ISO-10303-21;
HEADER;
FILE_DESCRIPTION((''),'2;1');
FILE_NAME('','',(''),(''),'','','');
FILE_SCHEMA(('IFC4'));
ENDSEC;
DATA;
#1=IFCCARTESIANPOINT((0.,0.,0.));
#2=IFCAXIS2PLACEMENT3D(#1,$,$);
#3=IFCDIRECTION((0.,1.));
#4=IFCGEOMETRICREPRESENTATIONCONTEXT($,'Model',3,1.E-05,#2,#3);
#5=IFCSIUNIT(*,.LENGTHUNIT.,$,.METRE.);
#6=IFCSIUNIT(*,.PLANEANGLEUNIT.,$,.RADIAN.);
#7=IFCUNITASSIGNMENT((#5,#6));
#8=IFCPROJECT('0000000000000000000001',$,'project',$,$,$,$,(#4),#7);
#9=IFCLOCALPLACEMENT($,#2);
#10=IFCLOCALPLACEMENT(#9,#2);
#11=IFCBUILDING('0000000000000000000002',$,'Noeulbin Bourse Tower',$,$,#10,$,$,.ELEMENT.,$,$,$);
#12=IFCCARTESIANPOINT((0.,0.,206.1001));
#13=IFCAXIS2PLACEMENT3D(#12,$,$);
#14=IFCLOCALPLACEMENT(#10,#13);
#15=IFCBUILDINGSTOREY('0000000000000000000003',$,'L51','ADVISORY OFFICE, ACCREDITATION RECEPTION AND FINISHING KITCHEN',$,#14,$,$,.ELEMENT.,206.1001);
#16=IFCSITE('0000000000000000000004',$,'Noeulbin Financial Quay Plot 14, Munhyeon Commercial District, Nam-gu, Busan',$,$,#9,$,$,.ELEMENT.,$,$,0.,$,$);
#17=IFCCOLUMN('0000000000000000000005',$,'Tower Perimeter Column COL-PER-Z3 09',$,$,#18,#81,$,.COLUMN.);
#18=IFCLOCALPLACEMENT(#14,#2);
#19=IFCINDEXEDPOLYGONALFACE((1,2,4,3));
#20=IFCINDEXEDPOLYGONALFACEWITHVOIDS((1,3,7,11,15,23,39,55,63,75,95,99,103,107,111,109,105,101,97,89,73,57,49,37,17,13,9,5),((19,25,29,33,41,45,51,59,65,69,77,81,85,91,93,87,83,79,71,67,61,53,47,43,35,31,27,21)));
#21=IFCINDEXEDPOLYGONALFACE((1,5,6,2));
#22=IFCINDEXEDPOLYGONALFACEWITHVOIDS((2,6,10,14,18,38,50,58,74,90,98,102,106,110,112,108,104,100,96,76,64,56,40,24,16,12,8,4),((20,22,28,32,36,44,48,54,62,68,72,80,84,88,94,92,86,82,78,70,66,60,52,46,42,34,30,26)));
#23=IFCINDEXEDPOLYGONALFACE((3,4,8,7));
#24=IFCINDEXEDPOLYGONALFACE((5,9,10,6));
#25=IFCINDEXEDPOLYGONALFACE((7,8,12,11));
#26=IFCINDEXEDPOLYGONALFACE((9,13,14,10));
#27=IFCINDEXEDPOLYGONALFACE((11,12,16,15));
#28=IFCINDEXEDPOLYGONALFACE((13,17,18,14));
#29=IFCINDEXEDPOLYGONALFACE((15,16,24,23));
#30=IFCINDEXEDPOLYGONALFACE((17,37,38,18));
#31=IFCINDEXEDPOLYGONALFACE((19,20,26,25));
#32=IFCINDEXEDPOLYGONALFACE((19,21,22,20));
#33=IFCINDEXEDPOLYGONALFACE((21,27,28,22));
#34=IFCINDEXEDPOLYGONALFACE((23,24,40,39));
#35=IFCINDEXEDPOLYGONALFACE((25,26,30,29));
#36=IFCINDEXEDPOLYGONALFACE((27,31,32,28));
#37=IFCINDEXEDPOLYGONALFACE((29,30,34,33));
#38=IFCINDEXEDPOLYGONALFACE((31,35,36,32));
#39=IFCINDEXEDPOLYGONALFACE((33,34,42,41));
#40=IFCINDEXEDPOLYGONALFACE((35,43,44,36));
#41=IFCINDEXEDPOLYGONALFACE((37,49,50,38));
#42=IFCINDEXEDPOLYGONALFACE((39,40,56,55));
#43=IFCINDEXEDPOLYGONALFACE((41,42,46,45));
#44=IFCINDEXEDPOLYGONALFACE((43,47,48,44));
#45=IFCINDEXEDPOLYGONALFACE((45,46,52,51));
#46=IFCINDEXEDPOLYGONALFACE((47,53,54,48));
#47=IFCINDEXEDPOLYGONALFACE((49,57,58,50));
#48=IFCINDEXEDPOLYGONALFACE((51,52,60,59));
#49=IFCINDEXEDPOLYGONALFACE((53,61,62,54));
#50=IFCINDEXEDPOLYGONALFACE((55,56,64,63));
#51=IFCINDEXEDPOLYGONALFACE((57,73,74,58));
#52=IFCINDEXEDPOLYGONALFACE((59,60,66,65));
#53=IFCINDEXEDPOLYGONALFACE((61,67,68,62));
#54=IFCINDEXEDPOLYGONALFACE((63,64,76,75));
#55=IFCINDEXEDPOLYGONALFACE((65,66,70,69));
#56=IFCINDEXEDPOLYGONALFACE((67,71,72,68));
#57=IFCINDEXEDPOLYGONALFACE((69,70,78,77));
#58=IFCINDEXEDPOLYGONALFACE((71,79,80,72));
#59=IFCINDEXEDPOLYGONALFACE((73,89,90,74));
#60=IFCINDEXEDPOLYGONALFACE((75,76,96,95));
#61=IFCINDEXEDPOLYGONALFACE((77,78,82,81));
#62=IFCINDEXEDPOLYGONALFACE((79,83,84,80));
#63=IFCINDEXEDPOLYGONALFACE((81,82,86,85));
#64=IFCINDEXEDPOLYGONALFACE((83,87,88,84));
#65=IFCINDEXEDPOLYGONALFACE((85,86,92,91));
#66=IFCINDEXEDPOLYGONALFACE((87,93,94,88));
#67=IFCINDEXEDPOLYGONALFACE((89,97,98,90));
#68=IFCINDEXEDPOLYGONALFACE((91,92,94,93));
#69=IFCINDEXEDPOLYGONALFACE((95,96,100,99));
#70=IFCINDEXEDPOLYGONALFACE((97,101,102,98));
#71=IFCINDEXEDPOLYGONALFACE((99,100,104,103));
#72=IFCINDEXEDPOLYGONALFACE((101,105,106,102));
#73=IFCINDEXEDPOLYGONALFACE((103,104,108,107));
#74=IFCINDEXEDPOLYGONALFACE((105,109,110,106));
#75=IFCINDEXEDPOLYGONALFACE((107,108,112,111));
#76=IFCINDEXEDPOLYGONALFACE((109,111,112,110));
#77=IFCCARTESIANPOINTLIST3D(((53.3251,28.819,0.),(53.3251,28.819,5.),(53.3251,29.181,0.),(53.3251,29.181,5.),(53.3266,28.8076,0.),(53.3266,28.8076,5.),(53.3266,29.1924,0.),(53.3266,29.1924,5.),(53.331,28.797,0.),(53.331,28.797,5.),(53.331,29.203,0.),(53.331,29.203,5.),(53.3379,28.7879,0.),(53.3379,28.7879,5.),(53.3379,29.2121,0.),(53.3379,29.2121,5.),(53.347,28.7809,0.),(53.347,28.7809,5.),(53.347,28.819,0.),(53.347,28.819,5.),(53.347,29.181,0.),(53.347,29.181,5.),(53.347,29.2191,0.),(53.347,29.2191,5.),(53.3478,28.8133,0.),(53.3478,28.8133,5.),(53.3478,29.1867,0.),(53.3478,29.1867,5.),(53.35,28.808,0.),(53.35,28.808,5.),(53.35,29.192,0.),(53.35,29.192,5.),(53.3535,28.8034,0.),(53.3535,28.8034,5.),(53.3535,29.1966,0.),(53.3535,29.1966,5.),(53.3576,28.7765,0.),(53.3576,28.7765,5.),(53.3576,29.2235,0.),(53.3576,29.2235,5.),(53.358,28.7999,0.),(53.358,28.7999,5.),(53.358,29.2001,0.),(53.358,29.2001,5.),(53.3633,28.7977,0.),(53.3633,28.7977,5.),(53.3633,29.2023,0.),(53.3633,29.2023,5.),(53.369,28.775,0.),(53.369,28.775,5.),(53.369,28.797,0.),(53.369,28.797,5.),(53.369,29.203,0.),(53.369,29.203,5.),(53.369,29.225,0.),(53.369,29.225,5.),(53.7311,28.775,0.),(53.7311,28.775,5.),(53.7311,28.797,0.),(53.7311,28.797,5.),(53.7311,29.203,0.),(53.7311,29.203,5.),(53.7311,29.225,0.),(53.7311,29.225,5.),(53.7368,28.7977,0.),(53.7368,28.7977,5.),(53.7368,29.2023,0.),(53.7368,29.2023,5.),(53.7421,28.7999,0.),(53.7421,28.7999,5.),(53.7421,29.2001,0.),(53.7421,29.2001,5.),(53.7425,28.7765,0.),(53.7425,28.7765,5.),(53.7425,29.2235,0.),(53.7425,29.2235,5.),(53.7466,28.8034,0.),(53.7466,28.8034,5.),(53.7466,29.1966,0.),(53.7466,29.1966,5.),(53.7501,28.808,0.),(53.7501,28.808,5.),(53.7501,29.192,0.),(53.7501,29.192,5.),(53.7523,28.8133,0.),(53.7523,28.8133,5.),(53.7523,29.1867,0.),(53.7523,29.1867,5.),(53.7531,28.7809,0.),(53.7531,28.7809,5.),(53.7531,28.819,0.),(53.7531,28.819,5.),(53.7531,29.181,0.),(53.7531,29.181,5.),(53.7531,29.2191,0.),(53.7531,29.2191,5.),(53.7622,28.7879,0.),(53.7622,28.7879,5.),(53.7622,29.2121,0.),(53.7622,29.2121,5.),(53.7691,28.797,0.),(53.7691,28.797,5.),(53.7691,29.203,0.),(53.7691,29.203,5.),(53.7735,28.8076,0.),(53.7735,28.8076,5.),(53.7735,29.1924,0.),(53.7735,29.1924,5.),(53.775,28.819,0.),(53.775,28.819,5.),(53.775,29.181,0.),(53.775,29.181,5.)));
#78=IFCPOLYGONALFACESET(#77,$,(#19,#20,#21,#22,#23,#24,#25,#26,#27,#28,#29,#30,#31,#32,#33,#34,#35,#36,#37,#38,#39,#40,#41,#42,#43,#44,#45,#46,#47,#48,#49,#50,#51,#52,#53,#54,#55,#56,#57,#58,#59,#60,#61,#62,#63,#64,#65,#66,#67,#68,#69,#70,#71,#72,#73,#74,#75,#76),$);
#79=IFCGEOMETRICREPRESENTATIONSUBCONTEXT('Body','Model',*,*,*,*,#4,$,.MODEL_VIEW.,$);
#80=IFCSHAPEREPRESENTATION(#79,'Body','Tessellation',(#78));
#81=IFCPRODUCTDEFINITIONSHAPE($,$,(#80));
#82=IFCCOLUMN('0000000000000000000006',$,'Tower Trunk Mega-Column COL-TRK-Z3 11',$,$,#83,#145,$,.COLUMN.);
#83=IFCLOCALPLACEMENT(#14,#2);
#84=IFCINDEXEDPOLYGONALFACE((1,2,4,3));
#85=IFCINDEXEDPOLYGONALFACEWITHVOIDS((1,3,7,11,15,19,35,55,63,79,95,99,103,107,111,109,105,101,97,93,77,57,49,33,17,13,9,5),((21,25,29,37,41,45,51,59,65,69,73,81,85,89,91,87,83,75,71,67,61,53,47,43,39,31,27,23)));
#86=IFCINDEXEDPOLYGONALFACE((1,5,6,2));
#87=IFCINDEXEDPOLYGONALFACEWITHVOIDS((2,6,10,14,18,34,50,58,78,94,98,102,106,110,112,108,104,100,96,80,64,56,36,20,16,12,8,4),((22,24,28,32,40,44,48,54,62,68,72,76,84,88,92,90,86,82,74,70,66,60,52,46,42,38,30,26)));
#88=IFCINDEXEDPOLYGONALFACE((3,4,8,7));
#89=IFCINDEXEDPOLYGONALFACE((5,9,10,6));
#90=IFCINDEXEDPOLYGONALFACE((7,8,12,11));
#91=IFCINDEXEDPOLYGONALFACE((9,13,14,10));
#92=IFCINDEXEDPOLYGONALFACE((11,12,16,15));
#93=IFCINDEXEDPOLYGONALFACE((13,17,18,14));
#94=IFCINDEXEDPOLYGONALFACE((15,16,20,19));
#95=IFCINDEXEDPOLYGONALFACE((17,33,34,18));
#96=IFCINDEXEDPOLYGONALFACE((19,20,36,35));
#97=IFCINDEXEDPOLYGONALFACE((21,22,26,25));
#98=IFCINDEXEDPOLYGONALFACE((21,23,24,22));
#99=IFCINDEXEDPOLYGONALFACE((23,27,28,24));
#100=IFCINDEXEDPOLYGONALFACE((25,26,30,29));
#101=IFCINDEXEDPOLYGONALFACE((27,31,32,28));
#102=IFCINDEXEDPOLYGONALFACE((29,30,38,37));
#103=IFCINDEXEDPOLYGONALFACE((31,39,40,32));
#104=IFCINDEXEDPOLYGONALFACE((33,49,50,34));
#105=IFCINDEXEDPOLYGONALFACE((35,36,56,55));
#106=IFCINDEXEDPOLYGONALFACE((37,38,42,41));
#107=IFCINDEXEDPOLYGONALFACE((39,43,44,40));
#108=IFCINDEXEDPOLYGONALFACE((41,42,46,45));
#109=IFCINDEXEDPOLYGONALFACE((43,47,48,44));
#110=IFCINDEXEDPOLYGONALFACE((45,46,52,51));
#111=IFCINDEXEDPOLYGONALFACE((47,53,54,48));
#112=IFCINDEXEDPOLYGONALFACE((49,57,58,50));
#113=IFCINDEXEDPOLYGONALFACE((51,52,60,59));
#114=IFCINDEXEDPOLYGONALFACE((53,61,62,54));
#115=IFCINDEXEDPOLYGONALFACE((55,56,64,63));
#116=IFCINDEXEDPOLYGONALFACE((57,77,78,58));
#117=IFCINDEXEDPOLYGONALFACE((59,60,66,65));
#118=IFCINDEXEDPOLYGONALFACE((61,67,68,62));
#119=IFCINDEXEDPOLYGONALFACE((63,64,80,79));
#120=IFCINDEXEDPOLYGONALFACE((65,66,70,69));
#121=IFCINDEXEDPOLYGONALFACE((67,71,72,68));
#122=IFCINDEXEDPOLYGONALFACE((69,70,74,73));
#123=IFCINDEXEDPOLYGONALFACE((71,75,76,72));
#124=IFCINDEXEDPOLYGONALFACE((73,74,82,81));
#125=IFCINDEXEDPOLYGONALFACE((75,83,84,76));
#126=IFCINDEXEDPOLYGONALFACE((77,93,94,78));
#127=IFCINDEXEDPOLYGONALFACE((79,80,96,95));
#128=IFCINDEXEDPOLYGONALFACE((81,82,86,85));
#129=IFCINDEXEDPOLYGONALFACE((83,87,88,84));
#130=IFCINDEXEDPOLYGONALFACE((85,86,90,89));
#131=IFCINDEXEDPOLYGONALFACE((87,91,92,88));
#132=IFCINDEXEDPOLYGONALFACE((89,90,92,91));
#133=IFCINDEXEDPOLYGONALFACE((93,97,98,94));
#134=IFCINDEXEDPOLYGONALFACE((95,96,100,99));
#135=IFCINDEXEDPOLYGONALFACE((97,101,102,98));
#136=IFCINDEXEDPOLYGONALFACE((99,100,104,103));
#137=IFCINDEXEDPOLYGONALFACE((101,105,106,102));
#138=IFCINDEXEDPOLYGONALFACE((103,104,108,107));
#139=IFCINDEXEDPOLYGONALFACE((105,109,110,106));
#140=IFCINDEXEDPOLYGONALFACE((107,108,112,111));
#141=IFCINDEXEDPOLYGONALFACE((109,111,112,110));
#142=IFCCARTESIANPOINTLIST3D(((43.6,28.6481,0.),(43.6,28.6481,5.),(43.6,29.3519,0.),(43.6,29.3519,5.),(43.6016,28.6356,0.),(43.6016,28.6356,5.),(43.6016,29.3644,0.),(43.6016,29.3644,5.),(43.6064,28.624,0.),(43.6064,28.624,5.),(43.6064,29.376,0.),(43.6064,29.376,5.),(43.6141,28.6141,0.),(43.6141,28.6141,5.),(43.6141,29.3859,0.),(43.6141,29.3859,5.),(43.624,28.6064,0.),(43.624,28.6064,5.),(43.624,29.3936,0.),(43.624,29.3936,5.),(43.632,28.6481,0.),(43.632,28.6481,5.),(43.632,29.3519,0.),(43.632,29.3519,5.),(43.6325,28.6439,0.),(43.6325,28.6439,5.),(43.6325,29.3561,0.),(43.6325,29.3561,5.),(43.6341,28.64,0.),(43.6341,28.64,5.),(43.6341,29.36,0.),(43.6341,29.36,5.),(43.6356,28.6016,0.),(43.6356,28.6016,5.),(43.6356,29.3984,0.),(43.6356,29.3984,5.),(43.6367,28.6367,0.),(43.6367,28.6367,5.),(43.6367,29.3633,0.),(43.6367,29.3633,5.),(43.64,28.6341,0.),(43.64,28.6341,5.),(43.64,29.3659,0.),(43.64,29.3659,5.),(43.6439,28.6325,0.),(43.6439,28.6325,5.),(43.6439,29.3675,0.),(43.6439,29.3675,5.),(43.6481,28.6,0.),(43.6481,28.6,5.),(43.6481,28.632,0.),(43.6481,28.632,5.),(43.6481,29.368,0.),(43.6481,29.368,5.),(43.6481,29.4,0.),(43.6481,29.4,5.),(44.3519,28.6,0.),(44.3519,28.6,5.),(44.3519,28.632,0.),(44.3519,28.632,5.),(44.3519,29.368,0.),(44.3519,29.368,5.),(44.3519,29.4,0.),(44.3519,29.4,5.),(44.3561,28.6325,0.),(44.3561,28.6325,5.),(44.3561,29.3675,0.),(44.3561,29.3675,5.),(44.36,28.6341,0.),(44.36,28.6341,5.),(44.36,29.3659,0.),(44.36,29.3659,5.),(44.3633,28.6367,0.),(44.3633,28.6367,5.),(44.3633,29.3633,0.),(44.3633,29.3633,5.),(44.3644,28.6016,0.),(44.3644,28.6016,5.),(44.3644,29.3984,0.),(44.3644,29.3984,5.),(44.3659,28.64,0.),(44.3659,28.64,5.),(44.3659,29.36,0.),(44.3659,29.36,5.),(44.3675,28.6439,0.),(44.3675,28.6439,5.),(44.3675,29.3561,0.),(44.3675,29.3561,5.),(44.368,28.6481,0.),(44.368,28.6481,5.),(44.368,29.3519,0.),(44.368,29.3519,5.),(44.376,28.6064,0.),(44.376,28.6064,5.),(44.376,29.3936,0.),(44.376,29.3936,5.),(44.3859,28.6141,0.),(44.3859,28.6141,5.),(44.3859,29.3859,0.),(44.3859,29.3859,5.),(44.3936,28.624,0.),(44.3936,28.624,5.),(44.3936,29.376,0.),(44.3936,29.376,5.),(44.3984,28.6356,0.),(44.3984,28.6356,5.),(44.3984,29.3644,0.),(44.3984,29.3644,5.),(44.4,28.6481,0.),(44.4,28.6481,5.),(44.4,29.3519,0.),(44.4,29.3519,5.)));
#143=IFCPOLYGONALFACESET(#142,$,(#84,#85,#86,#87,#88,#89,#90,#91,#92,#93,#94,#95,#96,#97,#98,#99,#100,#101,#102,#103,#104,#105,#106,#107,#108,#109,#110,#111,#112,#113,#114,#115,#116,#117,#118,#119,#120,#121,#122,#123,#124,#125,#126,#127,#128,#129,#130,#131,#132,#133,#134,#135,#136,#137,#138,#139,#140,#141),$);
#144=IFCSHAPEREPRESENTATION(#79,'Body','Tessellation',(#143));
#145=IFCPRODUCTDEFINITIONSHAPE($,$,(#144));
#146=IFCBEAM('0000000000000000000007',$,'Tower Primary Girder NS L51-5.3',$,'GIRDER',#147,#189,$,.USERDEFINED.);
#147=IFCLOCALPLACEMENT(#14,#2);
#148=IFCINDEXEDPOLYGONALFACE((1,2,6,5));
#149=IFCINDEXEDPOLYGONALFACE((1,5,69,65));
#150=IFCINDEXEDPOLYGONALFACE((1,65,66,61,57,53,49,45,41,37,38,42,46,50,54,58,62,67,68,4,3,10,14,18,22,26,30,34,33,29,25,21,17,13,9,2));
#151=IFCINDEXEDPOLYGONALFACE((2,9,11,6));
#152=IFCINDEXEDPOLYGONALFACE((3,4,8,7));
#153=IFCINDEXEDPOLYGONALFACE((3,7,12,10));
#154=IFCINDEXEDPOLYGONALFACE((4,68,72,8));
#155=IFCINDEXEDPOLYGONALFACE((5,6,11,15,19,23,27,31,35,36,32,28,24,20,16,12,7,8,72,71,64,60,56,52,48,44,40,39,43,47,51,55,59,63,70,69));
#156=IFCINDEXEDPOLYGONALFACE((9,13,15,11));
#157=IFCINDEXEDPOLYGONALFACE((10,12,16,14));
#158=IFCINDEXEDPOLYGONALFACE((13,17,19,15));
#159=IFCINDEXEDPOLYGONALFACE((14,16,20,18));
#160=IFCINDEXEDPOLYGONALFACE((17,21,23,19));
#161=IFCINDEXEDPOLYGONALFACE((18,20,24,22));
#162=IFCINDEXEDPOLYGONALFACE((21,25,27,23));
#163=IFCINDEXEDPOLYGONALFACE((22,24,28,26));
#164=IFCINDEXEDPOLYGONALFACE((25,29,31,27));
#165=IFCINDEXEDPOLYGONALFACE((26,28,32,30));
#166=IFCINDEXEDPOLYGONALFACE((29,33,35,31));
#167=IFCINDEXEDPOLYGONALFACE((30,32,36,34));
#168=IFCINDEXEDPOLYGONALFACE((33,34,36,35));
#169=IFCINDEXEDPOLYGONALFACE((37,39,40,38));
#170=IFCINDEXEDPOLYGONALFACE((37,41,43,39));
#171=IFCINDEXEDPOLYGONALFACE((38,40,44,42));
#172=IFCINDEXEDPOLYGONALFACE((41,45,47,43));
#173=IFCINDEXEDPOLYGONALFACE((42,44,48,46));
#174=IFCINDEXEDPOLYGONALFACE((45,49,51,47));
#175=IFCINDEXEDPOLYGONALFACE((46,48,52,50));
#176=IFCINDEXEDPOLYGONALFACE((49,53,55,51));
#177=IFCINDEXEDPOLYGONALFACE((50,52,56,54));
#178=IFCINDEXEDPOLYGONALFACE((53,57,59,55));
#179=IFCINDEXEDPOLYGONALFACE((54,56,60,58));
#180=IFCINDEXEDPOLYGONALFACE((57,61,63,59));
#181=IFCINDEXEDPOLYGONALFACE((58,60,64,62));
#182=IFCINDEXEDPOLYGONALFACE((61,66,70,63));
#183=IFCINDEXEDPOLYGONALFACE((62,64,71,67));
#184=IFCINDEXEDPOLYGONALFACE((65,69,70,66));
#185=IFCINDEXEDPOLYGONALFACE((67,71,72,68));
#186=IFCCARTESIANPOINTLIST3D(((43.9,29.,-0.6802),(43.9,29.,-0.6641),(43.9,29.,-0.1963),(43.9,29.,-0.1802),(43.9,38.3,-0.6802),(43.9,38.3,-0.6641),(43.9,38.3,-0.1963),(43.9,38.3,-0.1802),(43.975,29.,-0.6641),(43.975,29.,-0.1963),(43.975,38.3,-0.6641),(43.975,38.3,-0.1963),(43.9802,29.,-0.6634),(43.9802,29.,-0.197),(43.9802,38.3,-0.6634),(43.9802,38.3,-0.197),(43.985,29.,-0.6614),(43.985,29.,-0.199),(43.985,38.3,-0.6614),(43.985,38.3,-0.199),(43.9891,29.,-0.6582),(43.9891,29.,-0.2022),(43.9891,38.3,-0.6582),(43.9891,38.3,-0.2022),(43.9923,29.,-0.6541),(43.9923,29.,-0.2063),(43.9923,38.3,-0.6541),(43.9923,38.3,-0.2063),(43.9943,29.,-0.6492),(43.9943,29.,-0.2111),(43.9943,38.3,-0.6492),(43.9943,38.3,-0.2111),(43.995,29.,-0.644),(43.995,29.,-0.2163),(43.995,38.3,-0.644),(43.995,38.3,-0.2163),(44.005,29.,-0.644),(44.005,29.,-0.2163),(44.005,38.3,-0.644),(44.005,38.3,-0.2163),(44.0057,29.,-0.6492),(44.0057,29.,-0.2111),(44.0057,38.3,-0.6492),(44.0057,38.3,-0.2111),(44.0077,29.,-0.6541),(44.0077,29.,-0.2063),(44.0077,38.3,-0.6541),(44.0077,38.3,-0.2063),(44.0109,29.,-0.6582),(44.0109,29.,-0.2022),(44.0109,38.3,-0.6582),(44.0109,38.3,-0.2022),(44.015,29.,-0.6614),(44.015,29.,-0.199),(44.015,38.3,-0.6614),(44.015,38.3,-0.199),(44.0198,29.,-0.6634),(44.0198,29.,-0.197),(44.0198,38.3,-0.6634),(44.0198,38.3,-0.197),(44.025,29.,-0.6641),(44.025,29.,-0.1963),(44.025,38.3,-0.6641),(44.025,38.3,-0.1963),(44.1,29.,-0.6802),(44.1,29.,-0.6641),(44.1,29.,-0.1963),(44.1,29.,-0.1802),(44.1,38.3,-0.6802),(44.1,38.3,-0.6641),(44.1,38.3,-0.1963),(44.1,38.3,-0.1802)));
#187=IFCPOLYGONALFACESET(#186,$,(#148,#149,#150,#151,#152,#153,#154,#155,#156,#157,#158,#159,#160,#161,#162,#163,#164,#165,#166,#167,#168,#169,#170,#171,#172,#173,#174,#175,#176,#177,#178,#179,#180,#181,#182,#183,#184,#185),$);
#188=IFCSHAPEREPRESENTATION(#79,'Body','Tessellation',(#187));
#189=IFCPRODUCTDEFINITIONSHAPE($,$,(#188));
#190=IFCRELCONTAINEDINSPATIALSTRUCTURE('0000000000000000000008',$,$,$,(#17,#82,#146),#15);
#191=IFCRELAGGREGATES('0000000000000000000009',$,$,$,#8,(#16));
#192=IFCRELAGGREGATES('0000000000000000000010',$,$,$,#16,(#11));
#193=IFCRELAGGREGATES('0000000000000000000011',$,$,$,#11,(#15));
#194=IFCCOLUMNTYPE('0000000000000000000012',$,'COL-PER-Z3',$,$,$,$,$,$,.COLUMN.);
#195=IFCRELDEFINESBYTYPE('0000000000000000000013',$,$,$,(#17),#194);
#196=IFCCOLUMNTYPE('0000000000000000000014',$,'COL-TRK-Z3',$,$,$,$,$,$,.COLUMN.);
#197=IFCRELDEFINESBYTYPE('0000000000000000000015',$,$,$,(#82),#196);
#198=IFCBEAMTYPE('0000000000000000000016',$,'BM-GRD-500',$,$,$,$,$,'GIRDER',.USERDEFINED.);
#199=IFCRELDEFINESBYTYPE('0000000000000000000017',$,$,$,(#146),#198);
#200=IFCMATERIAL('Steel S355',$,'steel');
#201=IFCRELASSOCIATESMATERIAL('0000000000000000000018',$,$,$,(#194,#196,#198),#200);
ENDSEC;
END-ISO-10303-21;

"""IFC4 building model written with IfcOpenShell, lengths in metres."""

from ifc_helpers import new_model, si_unit, direction, frame, origin, origin_2d, place, context, subcontext, project, spatial, hollow_rectangle, i_section, extrude, material, material_profile, profile_set, type_object, element, save


model = new_model("IFC4")

# Units and contexts
model_context = context("Model", 3, precision=1e-05, world=origin(), true_north=direction((0.0, 1.0)))
body_context = subcontext(model_context, "Body", "Model", "MODEL_VIEW")
ifc_project = project(units=[si_unit("LENGTHUNIT", "METRE"), si_unit("PLANEANGLEUNIT", "RADIAN")], contexts=[model_context])

# Site, building, storey
site_placement = place(None, origin())
site = spatial("IfcSite", under=ifc_project, at=site_placement, Name="Noeulbin Financial Quay Plot 14, Munhyeon Commercial District, Nam-gu, Busan", CompositionType="ELEMENT", RefElevation=0.0)
building_placement = place(site_placement, origin())
building = spatial("IfcBuilding", under=site, at=building_placement, Name="Noeulbin Bourse Tower", CompositionType="ELEMENT")
storey_placement = place(building_placement, frame((0.0, 0.0, 206.1001)))
storey = spatial("IfcBuildingStorey", under=building, at=storey_placement, Name="L51", Description="ADVISORY OFFICE, ACCREDITATION RECEPTION AND FINISHING KITCHEN", CompositionType="ELEMENT", Elevation=206.1001)

# Columns
ifc_material_1 = material(Name="Steel S355", Category="steel")
ifc_material_profile_1 = material_profile(ifc_material_1, hollow_rectangle(XDim=0.45, YDim=0.45, WallThickness=0.022, InnerFilletRadius=0.022, OuterFilletRadius=0.0439, at=origin_2d()), Name="SHS-450x450x22", Category="LoadBearing")
ifc_profile_set_1 = profile_set([ifc_material_profile_1], Name="Steel S355")
column_type_1 = type_object("IfcColumnType", Name="COL-PER-Z3", PredefinedType="COLUMN", material=ifc_profile_set_1)
column_1_placement = place(storey_placement, frame((53.55, 29.0, 0.0), z_axis=(0.0, 0.0, 1.0), x_axis=(1.0, 0.0, 0.0)))
element("IfcColumn", 1, at=column_1_placement, inside=storey, type_object=column_type_1, Name="Tower Perimeter Column COL-PER-Z3 09", PredefinedType="COLUMN", context=body_context, shape_type="SweptSolid", body=[
    extrude(hollow_rectangle(XDim=0.45, YDim=0.45, WallThickness=0.022, InnerFilletRadius=0.022, OuterFilletRadius=0.0439, at=origin_2d()), origin(), (0.0, 0.0, 1.0), 5.0),
])
ifc_material_profile_2 = material_profile(ifc_material_1, hollow_rectangle(XDim=0.8, YDim=0.8, WallThickness=0.032, InnerFilletRadius=0.0161, OuterFilletRadius=0.0481, at=origin_2d()), Name="BOX-800x800x32", Category="LoadBearing")
ifc_profile_set_2 = profile_set([ifc_material_profile_2], Name="Steel S355")
column_type_2 = type_object("IfcColumnType", Name="COL-TRK-Z3", PredefinedType="COLUMN", material=ifc_profile_set_2)
column_2_placement = place(storey_placement, frame((44.0, 29.0, 0.0), z_axis=(0.0, 0.0, 1.0), x_axis=(1.0, 0.0, 0.0)))
element("IfcColumn", 2, at=column_2_placement, inside=storey, type_object=column_type_2, Name="Tower Trunk Mega-Column COL-TRK-Z3 11", PredefinedType="COLUMN", context=body_context, shape_type="SweptSolid", body=[
    extrude(hollow_rectangle(XDim=0.8, YDim=0.8, WallThickness=0.032, InnerFilletRadius=0.0161, OuterFilletRadius=0.0481, at=origin_2d()), origin(), (0.0, 0.0, 1.0), 5.0),
])

# Beam
ifc_material_profile_3 = material_profile(ifc_material_1, i_section(OverallWidth=0.2, OverallDepth=0.5, WebThickness=0.01, FlangeThickness=0.0161, FilletRadius=0.02, at=origin_2d()), Name="H-500x200x10x16", Category="LoadBearing")
ifc_profile_set_3 = profile_set([ifc_material_profile_3], Name="Steel S355")
beam_type_1 = type_object("IfcBeamType", Name="BM-GRD-500", ElementType="GIRDER", PredefinedType="USERDEFINED", material=ifc_profile_set_3)
beam_1_placement = place(storey_placement, frame((44.0, 29.0, -0.4302), z_axis=(0.0, 1.0, 0.0), x_axis=(-1.0, 0.0, 0.0)))
element("IfcBeam", 3, at=beam_1_placement, inside=storey, type_object=beam_type_1, Name="Tower Primary Girder NS L51-5.3", ObjectType="GIRDER", PredefinedType="USERDEFINED", context=body_context, shape_type="SweptSolid", body=[
    extrude(i_section(OverallWidth=0.2, OverallDepth=0.5, WebThickness=0.01, FlangeThickness=0.0161, FilletRadius=0.02, at=origin_2d()), origin(), (0.0, 0.0, 1.0), 9.3),
])

save(model, "model.ifc")
